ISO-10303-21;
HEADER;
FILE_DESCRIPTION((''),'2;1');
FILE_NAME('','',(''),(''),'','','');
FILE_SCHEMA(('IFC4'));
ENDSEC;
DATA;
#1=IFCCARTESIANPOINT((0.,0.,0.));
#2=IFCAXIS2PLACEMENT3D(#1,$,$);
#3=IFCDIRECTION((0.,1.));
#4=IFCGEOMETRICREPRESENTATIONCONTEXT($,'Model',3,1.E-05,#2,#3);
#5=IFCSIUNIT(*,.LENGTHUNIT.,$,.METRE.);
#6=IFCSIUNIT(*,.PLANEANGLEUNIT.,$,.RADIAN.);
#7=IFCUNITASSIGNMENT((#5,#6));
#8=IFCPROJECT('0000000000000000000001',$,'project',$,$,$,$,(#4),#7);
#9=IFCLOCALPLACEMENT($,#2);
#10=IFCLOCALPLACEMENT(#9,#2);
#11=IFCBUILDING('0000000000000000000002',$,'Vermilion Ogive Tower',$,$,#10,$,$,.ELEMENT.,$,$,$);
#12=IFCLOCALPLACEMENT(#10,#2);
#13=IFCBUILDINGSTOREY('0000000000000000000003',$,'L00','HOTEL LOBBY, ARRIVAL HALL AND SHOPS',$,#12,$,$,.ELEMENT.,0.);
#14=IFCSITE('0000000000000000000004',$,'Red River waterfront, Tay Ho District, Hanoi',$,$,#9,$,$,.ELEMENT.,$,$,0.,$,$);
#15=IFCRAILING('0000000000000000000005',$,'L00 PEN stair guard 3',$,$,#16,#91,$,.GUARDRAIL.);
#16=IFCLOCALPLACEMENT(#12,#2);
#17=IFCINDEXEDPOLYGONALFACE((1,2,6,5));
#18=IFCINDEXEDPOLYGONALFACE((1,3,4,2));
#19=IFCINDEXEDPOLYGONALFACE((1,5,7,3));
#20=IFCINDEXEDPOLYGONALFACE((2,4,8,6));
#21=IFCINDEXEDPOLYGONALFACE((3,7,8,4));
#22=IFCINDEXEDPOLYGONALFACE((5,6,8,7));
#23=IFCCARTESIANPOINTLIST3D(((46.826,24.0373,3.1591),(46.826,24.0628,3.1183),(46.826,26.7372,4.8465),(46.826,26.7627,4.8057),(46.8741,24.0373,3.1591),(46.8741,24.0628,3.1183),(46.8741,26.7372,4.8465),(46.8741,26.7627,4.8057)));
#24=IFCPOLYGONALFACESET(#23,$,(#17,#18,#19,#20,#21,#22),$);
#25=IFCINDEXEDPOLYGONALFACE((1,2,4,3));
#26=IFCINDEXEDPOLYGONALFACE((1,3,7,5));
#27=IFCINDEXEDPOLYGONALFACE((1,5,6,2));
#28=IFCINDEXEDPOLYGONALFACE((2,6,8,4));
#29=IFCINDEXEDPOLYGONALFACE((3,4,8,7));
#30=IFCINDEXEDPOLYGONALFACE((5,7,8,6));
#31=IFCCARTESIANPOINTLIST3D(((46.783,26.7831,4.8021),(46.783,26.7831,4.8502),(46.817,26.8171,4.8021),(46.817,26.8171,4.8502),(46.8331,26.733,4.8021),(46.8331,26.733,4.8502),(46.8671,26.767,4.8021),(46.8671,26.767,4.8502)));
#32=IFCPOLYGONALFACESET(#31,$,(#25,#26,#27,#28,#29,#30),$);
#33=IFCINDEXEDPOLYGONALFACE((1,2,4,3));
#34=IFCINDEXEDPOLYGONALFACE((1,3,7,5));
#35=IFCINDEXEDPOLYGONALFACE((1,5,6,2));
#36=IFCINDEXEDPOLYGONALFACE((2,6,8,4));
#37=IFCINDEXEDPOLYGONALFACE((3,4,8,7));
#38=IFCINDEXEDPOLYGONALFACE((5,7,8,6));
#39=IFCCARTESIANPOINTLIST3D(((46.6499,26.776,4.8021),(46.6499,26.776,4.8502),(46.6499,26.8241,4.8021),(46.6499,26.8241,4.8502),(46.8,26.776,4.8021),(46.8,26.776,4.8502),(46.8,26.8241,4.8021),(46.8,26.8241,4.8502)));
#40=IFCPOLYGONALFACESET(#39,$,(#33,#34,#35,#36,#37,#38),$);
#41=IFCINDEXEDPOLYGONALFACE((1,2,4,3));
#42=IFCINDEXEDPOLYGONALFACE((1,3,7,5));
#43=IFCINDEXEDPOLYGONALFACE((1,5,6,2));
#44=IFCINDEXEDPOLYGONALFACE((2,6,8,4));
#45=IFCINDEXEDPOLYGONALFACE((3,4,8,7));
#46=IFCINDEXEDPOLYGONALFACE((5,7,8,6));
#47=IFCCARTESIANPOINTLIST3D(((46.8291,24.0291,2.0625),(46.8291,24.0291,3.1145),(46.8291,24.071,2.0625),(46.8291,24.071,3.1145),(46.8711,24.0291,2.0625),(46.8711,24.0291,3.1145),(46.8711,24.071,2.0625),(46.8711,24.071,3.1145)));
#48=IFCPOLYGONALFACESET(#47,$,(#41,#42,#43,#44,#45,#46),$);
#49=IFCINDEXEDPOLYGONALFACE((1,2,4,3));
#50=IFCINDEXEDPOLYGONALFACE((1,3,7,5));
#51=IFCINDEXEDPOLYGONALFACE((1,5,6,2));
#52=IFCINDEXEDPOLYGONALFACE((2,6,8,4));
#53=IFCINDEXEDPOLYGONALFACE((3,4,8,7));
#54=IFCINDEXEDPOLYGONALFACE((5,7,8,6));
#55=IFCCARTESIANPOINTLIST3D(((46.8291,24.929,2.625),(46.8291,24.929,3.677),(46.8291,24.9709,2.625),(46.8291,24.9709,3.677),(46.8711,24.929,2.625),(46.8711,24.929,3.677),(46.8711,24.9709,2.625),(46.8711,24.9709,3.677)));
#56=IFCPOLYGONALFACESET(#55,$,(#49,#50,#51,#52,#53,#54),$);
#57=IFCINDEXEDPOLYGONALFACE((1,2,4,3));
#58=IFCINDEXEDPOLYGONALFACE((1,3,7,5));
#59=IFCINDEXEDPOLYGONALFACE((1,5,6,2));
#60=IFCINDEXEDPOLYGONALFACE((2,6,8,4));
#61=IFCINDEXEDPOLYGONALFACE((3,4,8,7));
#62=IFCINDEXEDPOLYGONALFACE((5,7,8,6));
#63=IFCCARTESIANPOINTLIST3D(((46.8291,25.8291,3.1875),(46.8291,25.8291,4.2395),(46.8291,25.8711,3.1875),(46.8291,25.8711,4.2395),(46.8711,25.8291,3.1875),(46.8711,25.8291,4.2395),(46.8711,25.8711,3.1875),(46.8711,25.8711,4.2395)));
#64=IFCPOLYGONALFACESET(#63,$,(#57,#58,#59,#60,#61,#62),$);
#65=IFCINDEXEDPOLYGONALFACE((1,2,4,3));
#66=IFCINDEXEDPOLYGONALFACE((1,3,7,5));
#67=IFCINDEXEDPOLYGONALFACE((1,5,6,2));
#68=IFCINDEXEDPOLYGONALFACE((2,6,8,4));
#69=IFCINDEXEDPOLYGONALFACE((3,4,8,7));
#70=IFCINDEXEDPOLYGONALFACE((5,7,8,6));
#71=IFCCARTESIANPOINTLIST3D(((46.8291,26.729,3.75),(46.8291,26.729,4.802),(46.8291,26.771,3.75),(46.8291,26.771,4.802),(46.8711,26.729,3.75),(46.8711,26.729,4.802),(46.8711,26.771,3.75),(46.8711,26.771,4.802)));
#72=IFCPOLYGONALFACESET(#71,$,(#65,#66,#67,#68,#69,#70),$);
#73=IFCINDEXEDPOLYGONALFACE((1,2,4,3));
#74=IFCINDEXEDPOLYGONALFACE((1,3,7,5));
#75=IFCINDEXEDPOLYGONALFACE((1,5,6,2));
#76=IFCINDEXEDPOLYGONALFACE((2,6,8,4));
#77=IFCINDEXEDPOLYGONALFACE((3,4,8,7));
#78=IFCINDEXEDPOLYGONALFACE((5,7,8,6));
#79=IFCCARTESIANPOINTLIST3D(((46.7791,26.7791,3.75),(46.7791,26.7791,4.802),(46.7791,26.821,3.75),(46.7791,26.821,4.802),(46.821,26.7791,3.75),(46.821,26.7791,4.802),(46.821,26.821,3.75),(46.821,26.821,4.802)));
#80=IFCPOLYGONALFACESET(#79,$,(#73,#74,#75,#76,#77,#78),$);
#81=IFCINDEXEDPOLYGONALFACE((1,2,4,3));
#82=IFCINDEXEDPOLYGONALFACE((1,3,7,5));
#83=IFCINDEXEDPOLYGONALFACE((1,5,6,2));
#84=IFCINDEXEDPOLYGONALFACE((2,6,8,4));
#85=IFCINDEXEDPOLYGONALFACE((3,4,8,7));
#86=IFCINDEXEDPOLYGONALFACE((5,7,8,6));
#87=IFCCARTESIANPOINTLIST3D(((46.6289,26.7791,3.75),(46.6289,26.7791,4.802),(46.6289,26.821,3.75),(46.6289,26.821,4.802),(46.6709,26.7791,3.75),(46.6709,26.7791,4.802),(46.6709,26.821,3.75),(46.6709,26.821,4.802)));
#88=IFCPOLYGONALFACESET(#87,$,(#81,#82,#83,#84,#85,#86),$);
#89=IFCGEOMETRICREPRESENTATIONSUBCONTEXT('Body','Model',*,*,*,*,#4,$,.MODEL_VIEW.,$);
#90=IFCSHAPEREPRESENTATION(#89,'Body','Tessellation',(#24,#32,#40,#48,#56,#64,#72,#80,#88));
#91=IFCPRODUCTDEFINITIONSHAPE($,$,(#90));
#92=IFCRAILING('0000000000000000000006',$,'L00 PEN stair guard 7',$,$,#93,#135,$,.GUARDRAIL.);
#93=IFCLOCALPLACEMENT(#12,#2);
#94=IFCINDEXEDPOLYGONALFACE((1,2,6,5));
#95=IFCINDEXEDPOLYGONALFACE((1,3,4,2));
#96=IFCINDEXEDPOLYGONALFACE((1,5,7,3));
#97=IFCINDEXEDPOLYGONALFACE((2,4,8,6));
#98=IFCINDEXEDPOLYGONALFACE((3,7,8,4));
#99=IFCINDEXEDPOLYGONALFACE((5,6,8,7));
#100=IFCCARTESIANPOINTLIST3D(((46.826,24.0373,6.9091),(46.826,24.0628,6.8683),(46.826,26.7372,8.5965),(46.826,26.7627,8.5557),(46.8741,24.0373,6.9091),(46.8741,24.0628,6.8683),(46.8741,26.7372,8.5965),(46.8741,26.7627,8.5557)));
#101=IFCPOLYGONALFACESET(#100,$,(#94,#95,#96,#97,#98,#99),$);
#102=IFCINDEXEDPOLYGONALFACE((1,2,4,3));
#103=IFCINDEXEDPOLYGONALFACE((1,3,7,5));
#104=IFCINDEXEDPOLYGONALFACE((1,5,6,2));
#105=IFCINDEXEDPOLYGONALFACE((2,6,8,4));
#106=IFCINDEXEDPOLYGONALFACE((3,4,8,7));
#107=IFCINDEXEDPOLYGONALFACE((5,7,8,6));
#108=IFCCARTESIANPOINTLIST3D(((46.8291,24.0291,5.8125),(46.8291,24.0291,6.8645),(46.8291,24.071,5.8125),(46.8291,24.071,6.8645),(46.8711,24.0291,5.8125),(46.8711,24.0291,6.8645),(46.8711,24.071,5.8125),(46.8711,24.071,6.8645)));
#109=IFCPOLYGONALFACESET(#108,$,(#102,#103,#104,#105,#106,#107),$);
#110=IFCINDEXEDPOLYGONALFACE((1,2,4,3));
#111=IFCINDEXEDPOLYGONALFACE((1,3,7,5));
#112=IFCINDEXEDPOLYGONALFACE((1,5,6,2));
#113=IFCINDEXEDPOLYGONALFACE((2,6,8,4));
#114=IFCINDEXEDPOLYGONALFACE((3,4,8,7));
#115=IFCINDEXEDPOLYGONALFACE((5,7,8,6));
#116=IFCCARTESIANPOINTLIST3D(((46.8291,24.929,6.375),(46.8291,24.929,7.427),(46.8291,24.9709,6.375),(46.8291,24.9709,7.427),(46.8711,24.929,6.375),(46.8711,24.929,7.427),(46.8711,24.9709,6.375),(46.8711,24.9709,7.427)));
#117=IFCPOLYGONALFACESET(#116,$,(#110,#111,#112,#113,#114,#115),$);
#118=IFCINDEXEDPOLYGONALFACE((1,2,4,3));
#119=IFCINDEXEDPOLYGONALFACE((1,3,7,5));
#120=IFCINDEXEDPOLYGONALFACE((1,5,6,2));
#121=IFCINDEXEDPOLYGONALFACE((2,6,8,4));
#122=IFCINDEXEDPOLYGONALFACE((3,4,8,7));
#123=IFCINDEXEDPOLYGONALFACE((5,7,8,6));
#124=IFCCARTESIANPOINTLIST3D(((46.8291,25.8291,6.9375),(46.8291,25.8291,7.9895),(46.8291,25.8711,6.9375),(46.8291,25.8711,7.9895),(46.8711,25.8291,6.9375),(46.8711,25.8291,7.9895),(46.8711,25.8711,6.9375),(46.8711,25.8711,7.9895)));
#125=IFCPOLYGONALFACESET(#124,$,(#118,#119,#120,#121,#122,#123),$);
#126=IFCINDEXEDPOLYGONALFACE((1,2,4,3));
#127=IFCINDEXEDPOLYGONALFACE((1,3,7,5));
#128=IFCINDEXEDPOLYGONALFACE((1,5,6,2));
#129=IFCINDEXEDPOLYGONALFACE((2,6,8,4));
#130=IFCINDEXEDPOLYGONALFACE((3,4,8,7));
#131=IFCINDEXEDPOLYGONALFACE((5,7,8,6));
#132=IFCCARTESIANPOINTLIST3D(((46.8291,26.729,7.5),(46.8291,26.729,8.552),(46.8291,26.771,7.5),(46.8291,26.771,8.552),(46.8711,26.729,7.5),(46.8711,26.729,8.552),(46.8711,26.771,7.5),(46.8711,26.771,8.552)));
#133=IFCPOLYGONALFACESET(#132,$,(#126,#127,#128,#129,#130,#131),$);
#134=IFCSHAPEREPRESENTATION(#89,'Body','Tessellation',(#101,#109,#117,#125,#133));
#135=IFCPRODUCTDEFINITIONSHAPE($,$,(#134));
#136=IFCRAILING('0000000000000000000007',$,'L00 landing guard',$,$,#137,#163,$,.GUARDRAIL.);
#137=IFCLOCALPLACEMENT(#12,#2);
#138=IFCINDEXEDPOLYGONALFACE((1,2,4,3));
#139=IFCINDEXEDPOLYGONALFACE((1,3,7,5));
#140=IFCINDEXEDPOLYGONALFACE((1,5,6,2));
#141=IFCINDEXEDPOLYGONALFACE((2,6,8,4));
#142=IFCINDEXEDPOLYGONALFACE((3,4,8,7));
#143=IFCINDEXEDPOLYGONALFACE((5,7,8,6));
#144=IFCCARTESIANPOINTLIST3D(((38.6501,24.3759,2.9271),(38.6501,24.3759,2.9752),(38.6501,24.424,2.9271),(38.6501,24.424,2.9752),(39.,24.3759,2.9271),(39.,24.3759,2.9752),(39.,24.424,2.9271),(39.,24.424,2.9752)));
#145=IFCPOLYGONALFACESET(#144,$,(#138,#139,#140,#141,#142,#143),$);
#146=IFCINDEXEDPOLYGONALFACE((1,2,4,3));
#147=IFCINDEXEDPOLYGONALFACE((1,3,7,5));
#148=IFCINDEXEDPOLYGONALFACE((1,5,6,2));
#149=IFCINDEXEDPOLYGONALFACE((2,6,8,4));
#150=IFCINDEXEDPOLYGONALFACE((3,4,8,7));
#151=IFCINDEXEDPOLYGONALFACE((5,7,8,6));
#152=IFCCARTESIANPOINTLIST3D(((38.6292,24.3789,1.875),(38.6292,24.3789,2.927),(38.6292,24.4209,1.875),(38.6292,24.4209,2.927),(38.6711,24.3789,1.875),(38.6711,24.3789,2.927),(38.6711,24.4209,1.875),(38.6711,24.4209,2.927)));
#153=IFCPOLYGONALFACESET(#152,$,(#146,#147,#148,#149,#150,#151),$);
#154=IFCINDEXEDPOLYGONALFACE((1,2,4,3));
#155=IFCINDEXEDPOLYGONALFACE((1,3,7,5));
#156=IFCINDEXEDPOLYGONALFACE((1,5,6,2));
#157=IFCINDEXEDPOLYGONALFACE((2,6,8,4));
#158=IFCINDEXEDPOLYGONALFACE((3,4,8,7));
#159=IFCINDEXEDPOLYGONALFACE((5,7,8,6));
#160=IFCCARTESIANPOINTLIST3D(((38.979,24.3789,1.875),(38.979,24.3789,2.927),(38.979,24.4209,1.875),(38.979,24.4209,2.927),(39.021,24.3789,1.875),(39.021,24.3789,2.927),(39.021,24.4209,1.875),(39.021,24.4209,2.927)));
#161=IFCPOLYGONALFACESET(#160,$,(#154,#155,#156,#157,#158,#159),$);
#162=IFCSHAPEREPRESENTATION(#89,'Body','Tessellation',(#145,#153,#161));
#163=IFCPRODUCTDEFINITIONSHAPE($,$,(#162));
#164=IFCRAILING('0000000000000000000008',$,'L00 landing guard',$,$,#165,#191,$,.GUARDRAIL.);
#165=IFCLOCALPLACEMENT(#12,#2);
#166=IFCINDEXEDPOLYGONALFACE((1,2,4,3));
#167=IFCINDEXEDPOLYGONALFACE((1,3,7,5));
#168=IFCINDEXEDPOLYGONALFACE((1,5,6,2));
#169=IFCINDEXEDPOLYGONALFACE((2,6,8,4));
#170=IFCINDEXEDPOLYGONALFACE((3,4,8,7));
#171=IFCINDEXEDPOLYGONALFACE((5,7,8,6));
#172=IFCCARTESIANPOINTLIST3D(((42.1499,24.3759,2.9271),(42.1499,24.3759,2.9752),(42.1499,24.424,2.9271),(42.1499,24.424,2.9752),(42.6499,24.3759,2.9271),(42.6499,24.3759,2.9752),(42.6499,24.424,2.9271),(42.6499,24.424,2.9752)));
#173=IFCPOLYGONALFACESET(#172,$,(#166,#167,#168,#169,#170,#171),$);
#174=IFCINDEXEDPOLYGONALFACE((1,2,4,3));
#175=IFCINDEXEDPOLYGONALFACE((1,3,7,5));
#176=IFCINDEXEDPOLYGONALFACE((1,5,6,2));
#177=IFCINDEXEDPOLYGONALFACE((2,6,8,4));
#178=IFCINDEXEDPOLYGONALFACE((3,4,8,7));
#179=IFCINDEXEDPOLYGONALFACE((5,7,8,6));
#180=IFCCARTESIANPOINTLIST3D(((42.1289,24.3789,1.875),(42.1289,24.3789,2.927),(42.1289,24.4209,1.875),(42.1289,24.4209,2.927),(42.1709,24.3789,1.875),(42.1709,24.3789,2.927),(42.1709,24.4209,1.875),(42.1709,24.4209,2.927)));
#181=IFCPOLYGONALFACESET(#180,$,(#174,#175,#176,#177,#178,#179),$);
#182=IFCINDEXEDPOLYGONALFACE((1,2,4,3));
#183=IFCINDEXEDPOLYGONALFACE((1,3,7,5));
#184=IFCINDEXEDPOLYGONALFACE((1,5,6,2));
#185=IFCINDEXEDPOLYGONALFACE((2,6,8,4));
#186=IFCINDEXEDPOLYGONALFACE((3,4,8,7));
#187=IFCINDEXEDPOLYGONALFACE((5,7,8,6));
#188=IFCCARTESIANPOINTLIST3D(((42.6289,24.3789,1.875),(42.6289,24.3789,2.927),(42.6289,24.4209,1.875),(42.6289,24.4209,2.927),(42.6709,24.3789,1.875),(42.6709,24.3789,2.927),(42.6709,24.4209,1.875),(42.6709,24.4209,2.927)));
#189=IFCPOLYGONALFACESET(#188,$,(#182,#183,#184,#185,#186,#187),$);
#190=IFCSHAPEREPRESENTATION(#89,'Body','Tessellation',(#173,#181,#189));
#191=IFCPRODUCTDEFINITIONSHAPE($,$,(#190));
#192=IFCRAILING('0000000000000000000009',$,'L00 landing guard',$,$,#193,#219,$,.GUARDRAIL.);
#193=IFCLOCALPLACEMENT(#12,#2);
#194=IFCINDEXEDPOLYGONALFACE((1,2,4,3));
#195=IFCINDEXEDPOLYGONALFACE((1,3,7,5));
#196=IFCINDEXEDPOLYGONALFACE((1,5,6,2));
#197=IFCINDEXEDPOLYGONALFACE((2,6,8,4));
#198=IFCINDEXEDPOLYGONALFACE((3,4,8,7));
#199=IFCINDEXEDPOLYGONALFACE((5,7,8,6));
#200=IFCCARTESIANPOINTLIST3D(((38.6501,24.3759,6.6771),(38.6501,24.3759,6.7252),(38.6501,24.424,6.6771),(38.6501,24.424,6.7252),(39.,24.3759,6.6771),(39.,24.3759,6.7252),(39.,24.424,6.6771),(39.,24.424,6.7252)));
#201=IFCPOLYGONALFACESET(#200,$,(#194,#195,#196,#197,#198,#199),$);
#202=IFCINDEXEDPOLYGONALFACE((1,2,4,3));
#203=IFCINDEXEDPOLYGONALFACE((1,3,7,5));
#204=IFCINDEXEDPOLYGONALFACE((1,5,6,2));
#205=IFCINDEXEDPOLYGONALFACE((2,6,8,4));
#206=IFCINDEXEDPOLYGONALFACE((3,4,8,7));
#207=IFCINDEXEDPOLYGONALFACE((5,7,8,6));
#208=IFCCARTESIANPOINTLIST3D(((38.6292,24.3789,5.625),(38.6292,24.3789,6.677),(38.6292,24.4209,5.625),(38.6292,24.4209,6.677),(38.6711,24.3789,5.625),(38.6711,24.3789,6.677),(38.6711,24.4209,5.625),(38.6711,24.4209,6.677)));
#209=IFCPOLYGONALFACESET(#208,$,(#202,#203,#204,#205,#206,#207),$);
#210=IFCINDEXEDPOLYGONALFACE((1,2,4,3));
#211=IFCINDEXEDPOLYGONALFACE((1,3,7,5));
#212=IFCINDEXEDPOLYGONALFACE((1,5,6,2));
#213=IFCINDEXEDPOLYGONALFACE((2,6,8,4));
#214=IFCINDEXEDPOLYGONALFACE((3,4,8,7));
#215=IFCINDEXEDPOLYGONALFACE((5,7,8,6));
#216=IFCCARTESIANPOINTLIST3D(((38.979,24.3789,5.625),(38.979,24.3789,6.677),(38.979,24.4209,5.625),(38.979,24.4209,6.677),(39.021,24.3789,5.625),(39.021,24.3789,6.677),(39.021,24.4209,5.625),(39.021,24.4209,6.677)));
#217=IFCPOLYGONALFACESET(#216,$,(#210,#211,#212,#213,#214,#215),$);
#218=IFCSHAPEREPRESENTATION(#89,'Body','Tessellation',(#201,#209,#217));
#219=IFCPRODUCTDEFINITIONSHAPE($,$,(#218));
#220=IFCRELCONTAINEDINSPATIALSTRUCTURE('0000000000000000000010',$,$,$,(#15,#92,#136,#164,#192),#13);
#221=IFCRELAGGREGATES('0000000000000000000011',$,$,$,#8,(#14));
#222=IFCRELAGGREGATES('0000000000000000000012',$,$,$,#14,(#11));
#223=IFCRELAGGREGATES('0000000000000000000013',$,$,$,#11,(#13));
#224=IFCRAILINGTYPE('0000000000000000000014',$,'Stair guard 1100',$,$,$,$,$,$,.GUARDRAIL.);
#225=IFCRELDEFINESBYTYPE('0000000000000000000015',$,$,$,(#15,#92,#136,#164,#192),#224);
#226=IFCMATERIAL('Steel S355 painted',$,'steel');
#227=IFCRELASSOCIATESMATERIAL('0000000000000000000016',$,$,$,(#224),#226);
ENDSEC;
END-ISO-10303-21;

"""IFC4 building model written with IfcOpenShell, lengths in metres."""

from ifc_helpers import new_model, si_unit, direction, frame, origin, origin_2d, place, context, subcontext, project, spatial, rectangle, extrude, material, type_object, element, save


model = new_model("IFC4")

# Units and contexts
model_context = context("Model", 3, precision=1e-05, world=origin(), true_north=direction((0.0, 1.0)))
body_context = subcontext(model_context, "Body", "Model", "MODEL_VIEW")
ifc_project = project(units=[si_unit("LENGTHUNIT", "METRE"), si_unit("PLANEANGLEUNIT", "RADIAN")], contexts=[model_context])

# Site, building, storey
site_placement = place(None, origin())
site = spatial("IfcSite", under=ifc_project, at=site_placement, Name="Red River waterfront, Tay Ho District, Hanoi", CompositionType="ELEMENT", RefElevation=0.0)
building_placement = place(site_placement, origin())
building = spatial("IfcBuilding", under=site, at=building_placement, Name="Vermilion Ogive Tower", CompositionType="ELEMENT")
storey_placement = place(building_placement, origin())
storey = spatial("IfcBuildingStorey", under=building, at=storey_placement, Name="L00", Description="HOTEL LOBBY, ARRIVAL HALL AND SHOPS", CompositionType="ELEMENT", Elevation=0.0)

# Railings
ifc_material_1 = material(Name="Steel S355 painted", Category="steel")
railing_type_1 = type_object("IfcRailingType", Name="Stair guard 1100", PredefinedType="GUARDRAIL", material=ifc_material_1)
railing_1_placement = place(storey_placement, frame((46.8501, 24.05, 2.0625)))
element("IfcRailing", 1, at=railing_1_placement, inside=storey, type_object=railing_type_1, Name="L00 PEN stair guard 3", PredefinedType="GUARDRAIL", context=body_context, shape_type="SweptSolid", body=[
    extrude(rectangle(XDim=0.0481, YDim=0.0481, at=origin_2d()), frame((0.0, 0.0, 1.0762), z_axis=(0.0, 0.847994, 0.530006), x_axis=(-1.0, 0.0, 0.0)), (0.0, 0.0, 1.0), 3.1838),
    extrude(rectangle(XDim=0.0481, YDim=0.0481, at=origin_2d()), frame((0.0, 2.7, 2.7637), z_axis=(-0.707107, 0.707107, 0.0), x_axis=(-0.707107, -0.707107, 0.0)), (0.0, 0.0, 1.0), 0.0708),
    extrude(rectangle(XDim=0.0481, YDim=0.0481, at=origin_2d()), frame((-0.05, 2.75, 2.7637), z_axis=(-1.0, 0.0, 0.0), x_axis=(0.0, -1.0, 0.0)), (0.0, 0.0, 1.0), 0.1501),
    extrude(rectangle(XDim=0.042, YDim=0.042, at=origin_2d()), origin(), (0.0, 0.0, 1.0), 1.052),
    extrude(rectangle(XDim=0.042, YDim=0.042, at=origin_2d()), frame((0.0, 0.8999, 0.5625)), (0.0, 0.0, 1.0), 1.052),
    extrude(rectangle(XDim=0.042, YDim=0.042, at=origin_2d()), frame((0.0, 1.8, 1.125)), (0.0, 0.0, 1.0), 1.052),
    extrude(rectangle(XDim=0.042, YDim=0.042, at=origin_2d()), frame((0.0, 2.7, 1.6875)), (0.0, 0.0, 1.0), 1.052),
    extrude(rectangle(XDim=0.042, YDim=0.042, at=origin_2d()), frame((-0.05, 2.75, 1.6875)), (0.0, 0.0, 1.0), 1.052),
    extrude(rectangle(XDim=0.042, YDim=0.042, at=origin_2d()), frame((-0.2002, 2.75, 1.6875)), (0.0, 0.0, 1.0), 1.052),
])
railing_2_placement = place(storey_placement, frame((46.8501, 24.05, 5.8125)))
element("IfcRailing", 2, at=railing_2_placement, inside=storey, type_object=railing_type_1, Name="L00 PEN stair guard 7", PredefinedType="GUARDRAIL", context=body_context, shape_type="SweptSolid", body=[
    extrude(rectangle(XDim=0.0481, YDim=0.0481, at=origin_2d()), frame((0.0, 0.0, 1.0762), z_axis=(0.0, 0.847994, 0.530006), x_axis=(-1.0, 0.0, 0.0)), (0.0, 0.0, 1.0), 3.1838),
    extrude(rectangle(XDim=0.042, YDim=0.042, at=origin_2d()), origin(), (0.0, 0.0, 1.0), 1.052),
    extrude(rectangle(XDim=0.042, YDim=0.042, at=origin_2d()), frame((0.0, 0.8999, 0.5625)), (0.0, 0.0, 1.0), 1.052),
    extrude(rectangle(XDim=0.042, YDim=0.042, at=origin_2d()), frame((0.0, 1.8, 1.125)), (0.0, 0.0, 1.0), 1.052),
    extrude(rectangle(XDim=0.042, YDim=0.042, at=origin_2d()), frame((0.0, 2.7, 1.6875)), (0.0, 0.0, 1.0), 1.052),
])
railing_3_placement = place(storey_placement, frame((38.6501, 24.3999, 1.875)))
element("IfcRailing", 3, at=railing_3_placement, inside=storey, type_object=railing_type_1, Name="L00 landing guard", PredefinedType="GUARDRAIL", context=body_context, shape_type="SweptSolid", body=[
    extrude(rectangle(XDim=0.0481, YDim=0.0481, at=origin_2d()), frame((0.0, 0.0, 1.0762), z_axis=(1.0, 0.0, 0.0), x_axis=(0.0, 1.0, 0.0)), (0.0, 0.0, 1.0), 0.3499),
    extrude(rectangle(XDim=0.042, YDim=0.042, at=origin_2d()), origin(), (0.0, 0.0, 1.0), 1.052),
    extrude(rectangle(XDim=0.042, YDim=0.042, at=origin_2d()), frame((0.3499, 0.0, 0.0)), (0.0, 0.0, 1.0), 1.052),
])
railing_4_placement = place(storey_placement, frame((42.1499, 24.3999, 1.875)))
element("IfcRailing", 4, at=railing_4_placement, inside=storey, type_object=railing_type_1, Name="L00 landing guard", PredefinedType="GUARDRAIL", context=body_context, shape_type="SweptSolid", body=[
    extrude(rectangle(XDim=0.0481, YDim=0.0481, at=origin_2d()), frame((0.0, 0.0, 1.0762), z_axis=(1.0, 0.0, 0.0), x_axis=(0.0, 1.0, 0.0)), (0.0, 0.0, 1.0), 0.5),
    extrude(rectangle(XDim=0.042, YDim=0.042, at=origin_2d()), origin(), (0.0, 0.0, 1.0), 1.052),
    extrude(rectangle(XDim=0.042, YDim=0.042, at=origin_2d()), frame((0.5, 0.0, 0.0)), (0.0, 0.0, 1.0), 1.052),
])
railing_5_placement = place(storey_placement, frame((38.6501, 24.3999, 5.625)))
element("IfcRailing", 5, at=railing_5_placement, inside=storey, type_object=railing_type_1, Name="L00 landing guard", PredefinedType="GUARDRAIL", context=body_context, shape_type="SweptSolid", body=[
    extrude(rectangle(XDim=0.0481, YDim=0.0481, at=origin_2d()), frame((0.0, 0.0, 1.0762), z_axis=(1.0, 0.0, 0.0), x_axis=(0.0, 1.0, 0.0)), (0.0, 0.0, 1.0), 0.3499),
    extrude(rectangle(XDim=0.042, YDim=0.042, at=origin_2d()), origin(), (0.0, 0.0, 1.0), 1.052),
    extrude(rectangle(XDim=0.042, YDim=0.042, at=origin_2d()), frame((0.3499, 0.0, 0.0)), (0.0, 0.0, 1.0), 1.052),
])

save(model, "model.ifc")
